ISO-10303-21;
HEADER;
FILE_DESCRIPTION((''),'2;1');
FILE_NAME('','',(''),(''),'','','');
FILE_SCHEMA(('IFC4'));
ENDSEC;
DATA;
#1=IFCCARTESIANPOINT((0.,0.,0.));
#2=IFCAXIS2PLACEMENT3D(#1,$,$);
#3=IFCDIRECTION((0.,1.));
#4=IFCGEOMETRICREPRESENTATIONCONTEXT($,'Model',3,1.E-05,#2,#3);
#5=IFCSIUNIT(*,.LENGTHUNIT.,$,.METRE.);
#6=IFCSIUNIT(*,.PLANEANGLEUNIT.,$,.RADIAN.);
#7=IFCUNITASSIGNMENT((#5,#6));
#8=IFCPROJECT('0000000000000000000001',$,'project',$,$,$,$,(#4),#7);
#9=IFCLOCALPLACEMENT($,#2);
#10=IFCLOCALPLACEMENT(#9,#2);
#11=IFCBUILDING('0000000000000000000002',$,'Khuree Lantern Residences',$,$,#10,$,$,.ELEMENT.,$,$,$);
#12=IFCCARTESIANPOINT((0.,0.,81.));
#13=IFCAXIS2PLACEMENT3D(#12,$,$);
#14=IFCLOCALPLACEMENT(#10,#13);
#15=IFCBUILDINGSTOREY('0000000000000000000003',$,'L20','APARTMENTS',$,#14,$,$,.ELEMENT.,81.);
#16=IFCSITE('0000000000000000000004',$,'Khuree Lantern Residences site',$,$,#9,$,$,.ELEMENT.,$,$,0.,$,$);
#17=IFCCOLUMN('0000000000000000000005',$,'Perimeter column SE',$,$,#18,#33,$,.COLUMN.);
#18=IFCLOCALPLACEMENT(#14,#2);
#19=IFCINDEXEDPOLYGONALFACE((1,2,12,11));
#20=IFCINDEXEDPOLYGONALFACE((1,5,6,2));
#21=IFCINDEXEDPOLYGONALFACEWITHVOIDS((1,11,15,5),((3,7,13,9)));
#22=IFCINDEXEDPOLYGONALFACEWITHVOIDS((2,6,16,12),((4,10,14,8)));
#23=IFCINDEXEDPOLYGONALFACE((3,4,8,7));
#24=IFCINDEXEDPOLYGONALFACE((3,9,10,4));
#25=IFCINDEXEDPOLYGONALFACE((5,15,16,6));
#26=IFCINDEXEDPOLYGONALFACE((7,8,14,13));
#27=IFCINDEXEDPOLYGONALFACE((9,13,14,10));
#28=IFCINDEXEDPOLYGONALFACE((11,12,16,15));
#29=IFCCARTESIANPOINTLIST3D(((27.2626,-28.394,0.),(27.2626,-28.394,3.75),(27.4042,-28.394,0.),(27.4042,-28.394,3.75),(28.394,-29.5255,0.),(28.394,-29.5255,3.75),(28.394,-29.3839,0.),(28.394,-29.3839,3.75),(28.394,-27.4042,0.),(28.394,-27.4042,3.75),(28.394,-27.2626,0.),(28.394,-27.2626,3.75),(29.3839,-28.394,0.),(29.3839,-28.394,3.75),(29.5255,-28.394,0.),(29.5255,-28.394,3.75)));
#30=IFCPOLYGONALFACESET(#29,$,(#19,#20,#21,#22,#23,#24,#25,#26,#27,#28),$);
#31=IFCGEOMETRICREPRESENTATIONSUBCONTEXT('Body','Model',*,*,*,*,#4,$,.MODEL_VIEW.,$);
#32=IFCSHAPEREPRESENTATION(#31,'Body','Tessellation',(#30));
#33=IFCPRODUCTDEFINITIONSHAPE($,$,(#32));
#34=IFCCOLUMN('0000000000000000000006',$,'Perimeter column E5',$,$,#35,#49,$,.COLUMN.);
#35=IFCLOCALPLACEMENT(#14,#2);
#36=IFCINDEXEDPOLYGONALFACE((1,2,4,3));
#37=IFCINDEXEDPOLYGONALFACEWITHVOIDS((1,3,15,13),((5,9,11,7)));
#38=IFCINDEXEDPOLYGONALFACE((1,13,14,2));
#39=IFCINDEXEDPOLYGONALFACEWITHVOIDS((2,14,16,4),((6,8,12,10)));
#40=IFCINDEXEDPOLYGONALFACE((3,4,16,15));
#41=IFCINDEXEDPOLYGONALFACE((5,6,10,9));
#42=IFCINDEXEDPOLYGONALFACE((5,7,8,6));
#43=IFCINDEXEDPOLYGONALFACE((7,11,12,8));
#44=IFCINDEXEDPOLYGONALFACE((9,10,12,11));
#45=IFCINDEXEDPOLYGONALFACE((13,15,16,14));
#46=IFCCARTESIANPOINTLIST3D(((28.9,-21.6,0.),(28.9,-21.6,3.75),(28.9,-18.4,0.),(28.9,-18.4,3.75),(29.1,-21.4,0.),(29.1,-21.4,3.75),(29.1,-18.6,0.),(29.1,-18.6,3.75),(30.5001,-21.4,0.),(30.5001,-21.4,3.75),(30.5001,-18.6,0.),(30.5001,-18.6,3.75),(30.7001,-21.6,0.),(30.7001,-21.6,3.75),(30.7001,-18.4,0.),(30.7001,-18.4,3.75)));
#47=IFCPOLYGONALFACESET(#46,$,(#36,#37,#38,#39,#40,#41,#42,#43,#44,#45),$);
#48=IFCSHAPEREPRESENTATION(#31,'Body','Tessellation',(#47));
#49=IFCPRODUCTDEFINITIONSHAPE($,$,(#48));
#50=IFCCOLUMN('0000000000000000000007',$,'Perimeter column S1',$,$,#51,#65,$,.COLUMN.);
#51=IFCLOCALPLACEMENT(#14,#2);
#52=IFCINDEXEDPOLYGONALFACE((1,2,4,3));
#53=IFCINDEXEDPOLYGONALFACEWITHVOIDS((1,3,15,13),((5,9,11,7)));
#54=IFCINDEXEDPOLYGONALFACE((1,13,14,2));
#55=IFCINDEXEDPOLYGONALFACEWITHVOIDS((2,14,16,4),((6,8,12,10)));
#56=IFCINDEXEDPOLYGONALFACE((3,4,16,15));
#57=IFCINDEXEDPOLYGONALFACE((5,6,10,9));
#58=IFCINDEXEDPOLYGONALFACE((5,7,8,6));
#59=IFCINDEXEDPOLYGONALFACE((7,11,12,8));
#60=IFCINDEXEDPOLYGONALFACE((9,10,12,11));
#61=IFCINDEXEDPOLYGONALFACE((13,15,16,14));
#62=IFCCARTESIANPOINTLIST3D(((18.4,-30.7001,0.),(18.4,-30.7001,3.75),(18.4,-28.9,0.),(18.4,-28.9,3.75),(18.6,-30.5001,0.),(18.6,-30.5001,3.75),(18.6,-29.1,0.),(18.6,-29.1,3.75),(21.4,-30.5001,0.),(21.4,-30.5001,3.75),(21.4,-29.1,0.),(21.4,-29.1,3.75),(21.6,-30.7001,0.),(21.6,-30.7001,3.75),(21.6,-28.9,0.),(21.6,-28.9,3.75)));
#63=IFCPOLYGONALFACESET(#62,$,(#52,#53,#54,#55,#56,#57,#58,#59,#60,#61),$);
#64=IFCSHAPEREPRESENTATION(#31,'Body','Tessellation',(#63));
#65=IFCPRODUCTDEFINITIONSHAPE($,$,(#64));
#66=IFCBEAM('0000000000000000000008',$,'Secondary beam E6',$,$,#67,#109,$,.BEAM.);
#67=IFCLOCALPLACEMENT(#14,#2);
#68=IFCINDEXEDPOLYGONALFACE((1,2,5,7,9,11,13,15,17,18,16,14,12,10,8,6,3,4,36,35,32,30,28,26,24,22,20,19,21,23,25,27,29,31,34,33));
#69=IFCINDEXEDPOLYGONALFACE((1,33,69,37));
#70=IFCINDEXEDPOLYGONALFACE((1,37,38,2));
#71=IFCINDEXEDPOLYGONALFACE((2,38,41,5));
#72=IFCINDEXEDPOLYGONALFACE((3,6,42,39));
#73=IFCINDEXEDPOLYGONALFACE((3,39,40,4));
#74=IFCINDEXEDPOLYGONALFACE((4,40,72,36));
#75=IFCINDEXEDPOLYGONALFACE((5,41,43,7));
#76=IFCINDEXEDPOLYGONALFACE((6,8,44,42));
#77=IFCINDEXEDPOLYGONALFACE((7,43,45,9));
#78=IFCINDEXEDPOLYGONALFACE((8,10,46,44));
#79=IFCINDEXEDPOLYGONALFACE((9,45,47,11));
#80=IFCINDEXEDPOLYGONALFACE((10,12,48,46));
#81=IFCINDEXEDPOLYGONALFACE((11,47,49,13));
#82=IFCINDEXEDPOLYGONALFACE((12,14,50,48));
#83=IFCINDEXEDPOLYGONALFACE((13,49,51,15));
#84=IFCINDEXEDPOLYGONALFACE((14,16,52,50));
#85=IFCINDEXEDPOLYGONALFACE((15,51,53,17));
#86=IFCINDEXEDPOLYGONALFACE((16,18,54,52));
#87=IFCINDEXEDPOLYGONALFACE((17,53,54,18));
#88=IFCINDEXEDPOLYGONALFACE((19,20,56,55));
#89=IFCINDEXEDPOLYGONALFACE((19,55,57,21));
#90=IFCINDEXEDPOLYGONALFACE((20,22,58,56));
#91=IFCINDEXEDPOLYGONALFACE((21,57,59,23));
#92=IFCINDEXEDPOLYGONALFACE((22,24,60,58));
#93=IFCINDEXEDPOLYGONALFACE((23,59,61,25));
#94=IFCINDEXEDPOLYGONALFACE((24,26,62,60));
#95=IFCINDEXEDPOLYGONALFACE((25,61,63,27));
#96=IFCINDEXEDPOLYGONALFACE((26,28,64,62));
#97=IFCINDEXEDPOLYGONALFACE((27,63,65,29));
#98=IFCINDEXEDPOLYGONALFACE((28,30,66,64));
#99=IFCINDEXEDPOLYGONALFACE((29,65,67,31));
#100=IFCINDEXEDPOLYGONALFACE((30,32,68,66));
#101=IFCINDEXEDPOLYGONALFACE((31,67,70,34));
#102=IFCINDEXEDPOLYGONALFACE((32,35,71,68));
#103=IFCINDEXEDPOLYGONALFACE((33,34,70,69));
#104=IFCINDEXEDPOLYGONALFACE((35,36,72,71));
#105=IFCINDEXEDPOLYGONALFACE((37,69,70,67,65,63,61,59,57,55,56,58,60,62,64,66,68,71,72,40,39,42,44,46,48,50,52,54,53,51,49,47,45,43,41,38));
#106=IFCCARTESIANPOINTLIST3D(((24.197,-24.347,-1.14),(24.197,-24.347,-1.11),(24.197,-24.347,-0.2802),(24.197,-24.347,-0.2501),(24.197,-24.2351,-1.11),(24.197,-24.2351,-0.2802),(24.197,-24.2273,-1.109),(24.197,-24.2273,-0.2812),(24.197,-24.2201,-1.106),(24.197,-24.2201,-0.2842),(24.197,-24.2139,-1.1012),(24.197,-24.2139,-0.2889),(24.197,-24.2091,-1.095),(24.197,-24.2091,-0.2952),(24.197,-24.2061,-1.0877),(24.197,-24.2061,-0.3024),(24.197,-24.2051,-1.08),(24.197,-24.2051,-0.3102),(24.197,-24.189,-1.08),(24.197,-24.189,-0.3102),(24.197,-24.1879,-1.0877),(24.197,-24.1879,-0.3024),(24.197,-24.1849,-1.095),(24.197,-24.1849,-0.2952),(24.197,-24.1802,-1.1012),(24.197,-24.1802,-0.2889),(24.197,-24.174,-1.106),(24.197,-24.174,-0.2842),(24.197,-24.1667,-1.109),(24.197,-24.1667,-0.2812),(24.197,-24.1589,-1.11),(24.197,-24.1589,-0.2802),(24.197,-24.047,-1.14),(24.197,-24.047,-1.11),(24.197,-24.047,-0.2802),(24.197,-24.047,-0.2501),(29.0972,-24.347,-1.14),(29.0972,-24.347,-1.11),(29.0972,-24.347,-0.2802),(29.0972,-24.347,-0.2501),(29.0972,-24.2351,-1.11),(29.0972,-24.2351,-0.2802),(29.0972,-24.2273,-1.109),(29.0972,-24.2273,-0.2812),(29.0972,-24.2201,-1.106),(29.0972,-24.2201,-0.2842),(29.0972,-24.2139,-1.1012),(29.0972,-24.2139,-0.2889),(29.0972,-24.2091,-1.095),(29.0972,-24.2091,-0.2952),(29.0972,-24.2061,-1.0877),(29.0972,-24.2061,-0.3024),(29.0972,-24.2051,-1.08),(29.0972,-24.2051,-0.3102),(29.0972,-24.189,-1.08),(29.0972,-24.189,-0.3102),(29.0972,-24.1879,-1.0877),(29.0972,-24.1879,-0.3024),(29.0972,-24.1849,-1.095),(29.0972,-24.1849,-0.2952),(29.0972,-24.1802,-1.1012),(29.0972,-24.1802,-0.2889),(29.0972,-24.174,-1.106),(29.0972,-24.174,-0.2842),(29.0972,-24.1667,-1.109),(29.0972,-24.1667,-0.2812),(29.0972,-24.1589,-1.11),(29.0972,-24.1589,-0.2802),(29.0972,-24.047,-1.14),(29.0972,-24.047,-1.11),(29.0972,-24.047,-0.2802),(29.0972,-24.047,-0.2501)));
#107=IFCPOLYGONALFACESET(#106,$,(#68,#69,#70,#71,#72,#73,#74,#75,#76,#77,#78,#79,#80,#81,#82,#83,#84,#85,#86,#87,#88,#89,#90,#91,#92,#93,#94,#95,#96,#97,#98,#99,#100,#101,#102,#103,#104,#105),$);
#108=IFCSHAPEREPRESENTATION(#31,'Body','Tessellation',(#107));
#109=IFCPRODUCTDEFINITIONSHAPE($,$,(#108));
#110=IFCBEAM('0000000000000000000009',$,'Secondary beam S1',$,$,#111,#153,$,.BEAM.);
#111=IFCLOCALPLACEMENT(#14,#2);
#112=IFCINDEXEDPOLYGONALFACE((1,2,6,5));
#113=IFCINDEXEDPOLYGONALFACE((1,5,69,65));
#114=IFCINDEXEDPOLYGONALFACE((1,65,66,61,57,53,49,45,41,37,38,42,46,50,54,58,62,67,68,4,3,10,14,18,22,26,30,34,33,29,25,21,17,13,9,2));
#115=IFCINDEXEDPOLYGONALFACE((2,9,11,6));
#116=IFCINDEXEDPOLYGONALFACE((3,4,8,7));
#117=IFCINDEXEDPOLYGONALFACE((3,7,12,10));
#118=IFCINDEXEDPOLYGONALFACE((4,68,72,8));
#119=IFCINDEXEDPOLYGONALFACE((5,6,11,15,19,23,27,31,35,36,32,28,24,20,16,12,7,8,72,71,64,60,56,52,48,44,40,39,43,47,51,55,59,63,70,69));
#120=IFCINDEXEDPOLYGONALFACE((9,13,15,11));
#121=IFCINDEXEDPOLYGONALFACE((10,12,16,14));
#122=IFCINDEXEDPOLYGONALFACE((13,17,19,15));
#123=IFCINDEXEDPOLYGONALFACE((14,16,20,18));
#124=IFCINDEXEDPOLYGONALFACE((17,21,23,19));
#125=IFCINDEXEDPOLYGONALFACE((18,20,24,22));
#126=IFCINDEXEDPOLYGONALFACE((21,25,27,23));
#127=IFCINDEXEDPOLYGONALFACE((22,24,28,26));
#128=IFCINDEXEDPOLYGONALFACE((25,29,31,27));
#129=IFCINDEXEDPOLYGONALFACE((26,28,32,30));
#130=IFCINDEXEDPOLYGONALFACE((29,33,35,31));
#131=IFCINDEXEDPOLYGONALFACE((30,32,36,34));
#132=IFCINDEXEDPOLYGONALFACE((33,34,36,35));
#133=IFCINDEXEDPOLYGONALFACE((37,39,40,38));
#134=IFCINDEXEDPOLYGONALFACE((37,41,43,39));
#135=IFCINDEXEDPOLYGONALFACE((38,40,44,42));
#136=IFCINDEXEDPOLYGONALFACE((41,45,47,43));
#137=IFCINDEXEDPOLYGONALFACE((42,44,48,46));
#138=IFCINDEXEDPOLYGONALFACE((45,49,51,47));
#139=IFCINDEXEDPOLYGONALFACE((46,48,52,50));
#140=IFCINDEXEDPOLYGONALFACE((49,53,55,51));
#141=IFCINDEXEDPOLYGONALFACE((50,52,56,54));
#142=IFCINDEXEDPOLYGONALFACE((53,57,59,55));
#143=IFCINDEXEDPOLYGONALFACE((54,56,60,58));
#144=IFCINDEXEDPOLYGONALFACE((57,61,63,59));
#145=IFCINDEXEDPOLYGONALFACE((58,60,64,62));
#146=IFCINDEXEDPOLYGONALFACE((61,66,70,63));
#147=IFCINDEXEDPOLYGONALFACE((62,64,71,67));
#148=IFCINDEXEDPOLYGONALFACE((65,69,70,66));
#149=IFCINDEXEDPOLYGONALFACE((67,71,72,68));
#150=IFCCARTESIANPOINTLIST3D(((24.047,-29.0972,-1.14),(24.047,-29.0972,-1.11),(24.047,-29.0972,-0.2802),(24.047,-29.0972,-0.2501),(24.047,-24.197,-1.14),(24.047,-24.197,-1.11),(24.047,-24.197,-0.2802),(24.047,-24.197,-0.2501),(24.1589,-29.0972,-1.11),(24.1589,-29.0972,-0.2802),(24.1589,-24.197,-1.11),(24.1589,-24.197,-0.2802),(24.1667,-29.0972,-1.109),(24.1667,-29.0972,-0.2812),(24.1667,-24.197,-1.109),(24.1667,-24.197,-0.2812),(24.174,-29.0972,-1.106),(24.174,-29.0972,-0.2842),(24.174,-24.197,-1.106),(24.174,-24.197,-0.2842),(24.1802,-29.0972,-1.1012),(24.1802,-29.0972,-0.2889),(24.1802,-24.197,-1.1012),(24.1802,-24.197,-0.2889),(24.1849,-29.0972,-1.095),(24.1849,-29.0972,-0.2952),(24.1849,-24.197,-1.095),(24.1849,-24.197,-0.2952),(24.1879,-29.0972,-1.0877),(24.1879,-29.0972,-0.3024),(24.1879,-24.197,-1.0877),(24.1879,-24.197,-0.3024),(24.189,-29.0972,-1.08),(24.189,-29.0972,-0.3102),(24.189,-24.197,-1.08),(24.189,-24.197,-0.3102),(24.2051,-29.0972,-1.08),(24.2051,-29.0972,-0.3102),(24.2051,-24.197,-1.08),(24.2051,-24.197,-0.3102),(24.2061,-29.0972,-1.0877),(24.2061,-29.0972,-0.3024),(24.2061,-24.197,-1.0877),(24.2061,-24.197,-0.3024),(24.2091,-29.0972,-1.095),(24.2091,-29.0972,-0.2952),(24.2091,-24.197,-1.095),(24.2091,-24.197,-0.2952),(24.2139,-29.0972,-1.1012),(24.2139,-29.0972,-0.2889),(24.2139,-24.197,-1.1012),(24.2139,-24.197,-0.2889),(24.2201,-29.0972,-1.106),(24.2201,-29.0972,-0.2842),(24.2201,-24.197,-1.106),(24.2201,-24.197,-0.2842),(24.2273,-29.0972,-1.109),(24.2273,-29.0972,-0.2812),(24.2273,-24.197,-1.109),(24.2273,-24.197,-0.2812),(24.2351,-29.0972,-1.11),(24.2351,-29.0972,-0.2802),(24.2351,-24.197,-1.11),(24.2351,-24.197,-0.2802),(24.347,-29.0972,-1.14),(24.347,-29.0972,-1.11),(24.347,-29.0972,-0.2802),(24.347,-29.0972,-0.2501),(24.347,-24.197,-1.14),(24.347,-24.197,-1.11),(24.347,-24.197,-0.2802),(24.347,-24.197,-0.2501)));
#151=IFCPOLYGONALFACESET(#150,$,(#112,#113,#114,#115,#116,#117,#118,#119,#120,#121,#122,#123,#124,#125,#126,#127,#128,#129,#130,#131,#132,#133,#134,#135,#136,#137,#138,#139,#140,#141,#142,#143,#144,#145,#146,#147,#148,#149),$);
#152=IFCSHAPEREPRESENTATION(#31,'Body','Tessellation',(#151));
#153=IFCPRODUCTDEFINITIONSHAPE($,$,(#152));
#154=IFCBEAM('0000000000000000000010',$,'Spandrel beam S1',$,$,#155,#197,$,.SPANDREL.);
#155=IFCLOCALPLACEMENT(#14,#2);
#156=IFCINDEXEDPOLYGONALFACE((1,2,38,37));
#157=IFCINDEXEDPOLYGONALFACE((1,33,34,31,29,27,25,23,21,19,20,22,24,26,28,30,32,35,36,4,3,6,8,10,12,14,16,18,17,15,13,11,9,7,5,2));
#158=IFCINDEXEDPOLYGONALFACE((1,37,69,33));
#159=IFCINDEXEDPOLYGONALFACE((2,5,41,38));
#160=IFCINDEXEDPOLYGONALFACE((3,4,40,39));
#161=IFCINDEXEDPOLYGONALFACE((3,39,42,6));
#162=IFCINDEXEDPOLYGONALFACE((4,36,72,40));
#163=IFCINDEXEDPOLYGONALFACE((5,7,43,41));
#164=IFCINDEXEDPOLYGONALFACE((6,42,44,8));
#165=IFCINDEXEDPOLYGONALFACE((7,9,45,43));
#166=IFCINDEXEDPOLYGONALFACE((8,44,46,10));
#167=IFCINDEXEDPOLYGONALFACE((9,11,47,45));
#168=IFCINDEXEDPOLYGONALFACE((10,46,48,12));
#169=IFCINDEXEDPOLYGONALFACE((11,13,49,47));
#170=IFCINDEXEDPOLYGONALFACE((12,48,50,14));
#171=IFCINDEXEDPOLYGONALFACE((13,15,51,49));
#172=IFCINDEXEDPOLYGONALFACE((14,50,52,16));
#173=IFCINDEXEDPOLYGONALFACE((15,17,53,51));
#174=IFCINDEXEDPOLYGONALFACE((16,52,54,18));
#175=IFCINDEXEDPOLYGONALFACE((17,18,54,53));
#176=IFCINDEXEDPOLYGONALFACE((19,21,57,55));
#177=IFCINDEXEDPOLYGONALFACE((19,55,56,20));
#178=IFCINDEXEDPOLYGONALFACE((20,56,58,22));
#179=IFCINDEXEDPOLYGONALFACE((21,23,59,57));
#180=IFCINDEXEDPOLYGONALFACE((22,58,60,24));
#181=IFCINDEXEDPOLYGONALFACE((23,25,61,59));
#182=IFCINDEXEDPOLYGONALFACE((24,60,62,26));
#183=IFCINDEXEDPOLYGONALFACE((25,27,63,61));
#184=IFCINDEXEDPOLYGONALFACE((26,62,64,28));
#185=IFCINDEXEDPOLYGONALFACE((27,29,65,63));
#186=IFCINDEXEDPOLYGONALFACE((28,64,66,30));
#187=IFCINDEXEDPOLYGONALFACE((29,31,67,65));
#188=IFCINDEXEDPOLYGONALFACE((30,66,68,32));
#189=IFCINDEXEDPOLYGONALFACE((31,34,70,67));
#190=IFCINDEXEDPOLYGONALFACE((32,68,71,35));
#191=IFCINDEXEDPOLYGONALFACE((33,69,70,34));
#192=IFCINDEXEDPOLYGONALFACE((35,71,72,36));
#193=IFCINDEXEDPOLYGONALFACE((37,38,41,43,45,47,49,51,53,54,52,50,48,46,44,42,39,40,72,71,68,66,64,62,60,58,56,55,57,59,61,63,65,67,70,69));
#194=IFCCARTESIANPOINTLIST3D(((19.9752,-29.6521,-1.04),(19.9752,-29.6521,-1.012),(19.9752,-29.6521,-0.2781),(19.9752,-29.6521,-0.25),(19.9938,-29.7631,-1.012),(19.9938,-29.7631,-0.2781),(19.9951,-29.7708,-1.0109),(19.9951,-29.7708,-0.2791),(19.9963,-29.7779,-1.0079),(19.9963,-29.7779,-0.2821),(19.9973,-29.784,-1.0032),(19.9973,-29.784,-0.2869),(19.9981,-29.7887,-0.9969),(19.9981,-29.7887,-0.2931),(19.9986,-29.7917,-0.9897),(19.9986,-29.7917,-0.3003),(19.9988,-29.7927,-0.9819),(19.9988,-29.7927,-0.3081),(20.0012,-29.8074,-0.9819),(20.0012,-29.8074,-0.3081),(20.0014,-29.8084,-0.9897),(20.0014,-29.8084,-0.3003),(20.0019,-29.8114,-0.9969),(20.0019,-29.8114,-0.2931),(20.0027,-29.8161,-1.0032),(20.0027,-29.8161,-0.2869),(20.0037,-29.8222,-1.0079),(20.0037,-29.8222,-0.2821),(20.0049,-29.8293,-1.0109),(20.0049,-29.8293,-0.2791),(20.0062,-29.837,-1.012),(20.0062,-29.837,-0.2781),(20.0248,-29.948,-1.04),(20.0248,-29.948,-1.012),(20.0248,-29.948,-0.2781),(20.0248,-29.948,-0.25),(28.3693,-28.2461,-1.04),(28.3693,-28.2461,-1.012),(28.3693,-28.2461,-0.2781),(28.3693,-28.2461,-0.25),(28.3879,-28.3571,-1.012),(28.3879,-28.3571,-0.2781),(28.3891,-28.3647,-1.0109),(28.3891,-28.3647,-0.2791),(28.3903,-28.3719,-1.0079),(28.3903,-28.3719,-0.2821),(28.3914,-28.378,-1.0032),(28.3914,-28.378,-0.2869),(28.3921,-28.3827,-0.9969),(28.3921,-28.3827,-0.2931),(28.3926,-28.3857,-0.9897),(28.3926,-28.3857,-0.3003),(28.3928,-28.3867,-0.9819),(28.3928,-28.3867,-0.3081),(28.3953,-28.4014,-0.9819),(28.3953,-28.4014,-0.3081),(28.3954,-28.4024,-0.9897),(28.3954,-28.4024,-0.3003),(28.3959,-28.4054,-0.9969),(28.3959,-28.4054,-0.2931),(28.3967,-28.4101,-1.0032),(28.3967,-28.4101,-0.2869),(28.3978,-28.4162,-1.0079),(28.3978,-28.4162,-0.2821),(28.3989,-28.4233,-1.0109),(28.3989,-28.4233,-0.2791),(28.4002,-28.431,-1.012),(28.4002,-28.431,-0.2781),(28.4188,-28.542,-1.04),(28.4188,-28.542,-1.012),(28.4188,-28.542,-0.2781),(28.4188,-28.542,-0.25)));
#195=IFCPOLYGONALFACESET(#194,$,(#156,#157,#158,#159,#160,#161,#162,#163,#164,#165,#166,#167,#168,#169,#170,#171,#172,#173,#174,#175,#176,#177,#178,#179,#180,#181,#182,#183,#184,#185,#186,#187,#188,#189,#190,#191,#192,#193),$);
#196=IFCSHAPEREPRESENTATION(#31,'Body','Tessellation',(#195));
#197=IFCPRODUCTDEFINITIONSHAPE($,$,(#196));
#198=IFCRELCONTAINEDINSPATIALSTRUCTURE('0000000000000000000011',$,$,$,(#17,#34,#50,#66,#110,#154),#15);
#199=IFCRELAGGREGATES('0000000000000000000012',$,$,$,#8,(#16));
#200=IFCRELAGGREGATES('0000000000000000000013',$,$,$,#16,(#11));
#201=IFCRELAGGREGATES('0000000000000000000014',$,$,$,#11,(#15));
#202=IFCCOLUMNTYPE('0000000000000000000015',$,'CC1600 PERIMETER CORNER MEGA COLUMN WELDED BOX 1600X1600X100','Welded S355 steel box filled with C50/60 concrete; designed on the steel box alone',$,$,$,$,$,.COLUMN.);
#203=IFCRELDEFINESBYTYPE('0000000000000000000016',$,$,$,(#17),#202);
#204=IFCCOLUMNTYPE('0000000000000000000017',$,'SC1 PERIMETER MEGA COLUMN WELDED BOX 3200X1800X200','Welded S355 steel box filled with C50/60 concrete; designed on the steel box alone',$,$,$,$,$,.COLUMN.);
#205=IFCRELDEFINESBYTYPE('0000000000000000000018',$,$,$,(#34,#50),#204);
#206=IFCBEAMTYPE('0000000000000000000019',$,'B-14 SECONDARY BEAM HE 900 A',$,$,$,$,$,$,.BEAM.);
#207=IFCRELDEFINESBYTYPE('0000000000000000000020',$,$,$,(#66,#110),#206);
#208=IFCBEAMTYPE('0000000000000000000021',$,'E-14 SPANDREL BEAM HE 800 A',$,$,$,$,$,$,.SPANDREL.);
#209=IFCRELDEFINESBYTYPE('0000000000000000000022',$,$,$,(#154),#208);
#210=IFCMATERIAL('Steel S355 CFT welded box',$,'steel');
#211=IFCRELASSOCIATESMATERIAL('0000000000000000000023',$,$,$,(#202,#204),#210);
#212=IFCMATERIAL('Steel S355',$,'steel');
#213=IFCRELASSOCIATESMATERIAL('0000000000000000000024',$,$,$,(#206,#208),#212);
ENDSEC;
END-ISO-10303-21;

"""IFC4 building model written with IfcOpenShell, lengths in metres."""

from ifc_helpers import new_model, si_unit, direction, frame, origin, origin_2d, place, context, subcontext, project, spatial, hollow_rectangle, i_section, extrude, material, material_profile, profile_set, type_object, element, save


model = new_model("IFC4")

# Units and contexts
model_context = context("Model", 3, precision=1e-05, world=origin(), true_north=direction((0.0, 1.0)))
body_context = subcontext(model_context, "Body", "Model", "MODEL_VIEW")
ifc_project = project(units=[si_unit("LENGTHUNIT", "METRE"), si_unit("PLANEANGLEUNIT", "RADIAN")], contexts=[model_context])

# Site, building, storey
site_placement = place(None, origin())
site = spatial("IfcSite", under=ifc_project, at=site_placement, Name="Khuree Lantern Residences site", CompositionType="ELEMENT", RefElevation=0.0)
building_placement = place(site_placement, origin())
building = spatial("IfcBuilding", under=site, at=building_placement, Name="Khuree Lantern Residences", CompositionType="ELEMENT")
storey_placement = place(building_placement, frame((0.0, 0.0, 81.0)))
storey = spatial("IfcBuildingStorey", under=building, at=storey_placement, Name="L20", Description="APARTMENTS", CompositionType="ELEMENT", Elevation=81.0)

# Columns
ifc_material_1 = material(Name="Steel S355 CFT welded box", Category="steel")
ifc_material_profile_1 = material_profile(ifc_material_1, hollow_rectangle(XDim=1.6001, YDim=1.6001, WallThickness=0.1001, at=origin_2d()), Name="WELDED BOX 1600X1600X100")
ifc_profile_set_1 = profile_set([ifc_material_profile_1], Name="Steel S355 CFT welded box")
column_type_1 = type_object("IfcColumnType", Name="CC1600 PERIMETER CORNER MEGA COLUMN WELDED BOX 1600X1600X100", Description="Welded S355 steel box filled with C50/60 concrete; designed on the steel box alone", PredefinedType="COLUMN", material=ifc_profile_set_1)
column_placement = place(storey_placement, frame((28.394, -28.394, 0.0), z_axis=(0.0, 0.0, 1.0), x_axis=(0.707107, 0.707107, 0.0)))
element("IfcColumn", 1, at=column_placement, inside=storey, type_object=column_type_1, Name="Perimeter column SE", PredefinedType="COLUMN", context=body_context, shape_type="SweptSolid", body=[
    extrude(hollow_rectangle(XDim=1.6001, YDim=1.6001, WallThickness=0.1001, at=origin_2d()), origin(), (0.0, 0.0, 1.0), 3.75),
])
ifc_material_profile_2 = material_profile(ifc_material_1, hollow_rectangle(XDim=3.2, YDim=1.8, WallThickness=0.2, at=origin_2d()), Name="WELDED BOX 3200X1800X200")
ifc_profile_set_2 = profile_set([ifc_material_profile_2], Name="Steel S355 CFT welded box")
column_type_2 = type_object("IfcColumnType", Name="SC1 PERIMETER MEGA COLUMN WELDED BOX 3200X1800X200", Description="Welded S355 steel box filled with C50/60 concrete; designed on the steel box alone", PredefinedType="COLUMN", material=ifc_profile_set_2)
for number, where, z_axis, x_axis, name in (
    (2, (29.8, -20.0, 0.0), (0.0, 0.0, 1.0), (0.0, 1.0, 0.0), "Perimeter column E5"),
    (3, (20.0, -29.8, 0.0), (0.0, 0.0, 1.0), (1.0, 0.0, 0.0), "Perimeter column S1"),
):
    element("IfcColumn", number, at=place(storey_placement, frame(where, z_axis=z_axis, x_axis=x_axis)), inside=storey, type_object=column_type_2, Name=name, PredefinedType="COLUMN", context=body_context, shape_type="SweptSolid", body=[
        extrude(hollow_rectangle(XDim=3.2, YDim=1.8, WallThickness=0.2, at=origin_2d()), origin(), (0.0, 0.0, 1.0), 3.75),
    ])

# Beams
ifc_material_2 = material(Name="Steel S355", Category="steel")
ifc_material_profile_3 = material_profile(ifc_material_2, i_section(OverallWidth=0.3, OverallDepth=0.8899, WebThickness=0.0161, FlangeThickness=0.03, FilletRadius=0.03, at=origin_2d()), Name="HE 900 A")
ifc_profile_set_3 = profile_set([ifc_material_profile_3], Name="Steel S355")
beam_type_1 = type_object("IfcBeamType", Name="B-14 SECONDARY BEAM HE 900 A", PredefinedType="BEAM", material=ifc_profile_set_3)
for number, where, z_axis, x_axis, name in (
    (4, (29.0972, -24.197, -0.6951), (-1.0, 0.0, 0.0), (0.0, -1.0, 0.0), "Secondary beam E6"),
    (5, (24.197, -29.0972, -0.6951), (0.0, 1.0, 0.0), (-1.0, 0.0, 0.0), "Secondary beam S1"),
):
    element("IfcBeam", number, at=place(storey_placement, frame(where, z_axis=z_axis, x_axis=x_axis)), inside=storey, type_object=beam_type_1, Name=name, PredefinedType="BEAM", context=body_context, shape_type="SweptSolid", body=[
        extrude(i_section(OverallWidth=0.3, OverallDepth=0.8899, WebThickness=0.0161, FlangeThickness=0.03, FilletRadius=0.03, at=origin_2d()), origin(), (0.0, 0.0, 1.0), 4.9001),
    ])
ifc_material_profile_4 = material_profile(ifc_material_2, i_section(OverallWidth=0.3, OverallDepth=0.79, WebThickness=0.0149, FlangeThickness=0.0281, FilletRadius=0.03, at=origin_2d()), Name="HE 800 A")
ifc_profile_set_4 = profile_set([ifc_material_profile_4], Name="Steel S355")
beam_type_2 = type_object("IfcBeamType", Name="E-14 SPANDREL BEAM HE 800 A", PredefinedType="SPANDREL", material=ifc_profile_set_4)
beam_1_placement = place(storey_placement, frame((28.394, -28.394, -0.645), z_axis=(-0.98626, -0.165199, 0.0), x_axis=(0.165199, -0.98626, 0.0)))
element("IfcBeam", 6, at=beam_1_placement, inside=storey, type_object=beam_type_2, Name="Spandrel beam S1", PredefinedType="SPANDREL", context=body_context, shape_type="SweptSolid", body=[
    extrude(i_section(OverallWidth=0.3, OverallDepth=0.79, WebThickness=0.0149, FlangeThickness=0.0281, FilletRadius=0.03, at=origin_2d()), origin(), (0.0, 0.0, 1.0), 8.511),
])

save(model, "model.ifc")
